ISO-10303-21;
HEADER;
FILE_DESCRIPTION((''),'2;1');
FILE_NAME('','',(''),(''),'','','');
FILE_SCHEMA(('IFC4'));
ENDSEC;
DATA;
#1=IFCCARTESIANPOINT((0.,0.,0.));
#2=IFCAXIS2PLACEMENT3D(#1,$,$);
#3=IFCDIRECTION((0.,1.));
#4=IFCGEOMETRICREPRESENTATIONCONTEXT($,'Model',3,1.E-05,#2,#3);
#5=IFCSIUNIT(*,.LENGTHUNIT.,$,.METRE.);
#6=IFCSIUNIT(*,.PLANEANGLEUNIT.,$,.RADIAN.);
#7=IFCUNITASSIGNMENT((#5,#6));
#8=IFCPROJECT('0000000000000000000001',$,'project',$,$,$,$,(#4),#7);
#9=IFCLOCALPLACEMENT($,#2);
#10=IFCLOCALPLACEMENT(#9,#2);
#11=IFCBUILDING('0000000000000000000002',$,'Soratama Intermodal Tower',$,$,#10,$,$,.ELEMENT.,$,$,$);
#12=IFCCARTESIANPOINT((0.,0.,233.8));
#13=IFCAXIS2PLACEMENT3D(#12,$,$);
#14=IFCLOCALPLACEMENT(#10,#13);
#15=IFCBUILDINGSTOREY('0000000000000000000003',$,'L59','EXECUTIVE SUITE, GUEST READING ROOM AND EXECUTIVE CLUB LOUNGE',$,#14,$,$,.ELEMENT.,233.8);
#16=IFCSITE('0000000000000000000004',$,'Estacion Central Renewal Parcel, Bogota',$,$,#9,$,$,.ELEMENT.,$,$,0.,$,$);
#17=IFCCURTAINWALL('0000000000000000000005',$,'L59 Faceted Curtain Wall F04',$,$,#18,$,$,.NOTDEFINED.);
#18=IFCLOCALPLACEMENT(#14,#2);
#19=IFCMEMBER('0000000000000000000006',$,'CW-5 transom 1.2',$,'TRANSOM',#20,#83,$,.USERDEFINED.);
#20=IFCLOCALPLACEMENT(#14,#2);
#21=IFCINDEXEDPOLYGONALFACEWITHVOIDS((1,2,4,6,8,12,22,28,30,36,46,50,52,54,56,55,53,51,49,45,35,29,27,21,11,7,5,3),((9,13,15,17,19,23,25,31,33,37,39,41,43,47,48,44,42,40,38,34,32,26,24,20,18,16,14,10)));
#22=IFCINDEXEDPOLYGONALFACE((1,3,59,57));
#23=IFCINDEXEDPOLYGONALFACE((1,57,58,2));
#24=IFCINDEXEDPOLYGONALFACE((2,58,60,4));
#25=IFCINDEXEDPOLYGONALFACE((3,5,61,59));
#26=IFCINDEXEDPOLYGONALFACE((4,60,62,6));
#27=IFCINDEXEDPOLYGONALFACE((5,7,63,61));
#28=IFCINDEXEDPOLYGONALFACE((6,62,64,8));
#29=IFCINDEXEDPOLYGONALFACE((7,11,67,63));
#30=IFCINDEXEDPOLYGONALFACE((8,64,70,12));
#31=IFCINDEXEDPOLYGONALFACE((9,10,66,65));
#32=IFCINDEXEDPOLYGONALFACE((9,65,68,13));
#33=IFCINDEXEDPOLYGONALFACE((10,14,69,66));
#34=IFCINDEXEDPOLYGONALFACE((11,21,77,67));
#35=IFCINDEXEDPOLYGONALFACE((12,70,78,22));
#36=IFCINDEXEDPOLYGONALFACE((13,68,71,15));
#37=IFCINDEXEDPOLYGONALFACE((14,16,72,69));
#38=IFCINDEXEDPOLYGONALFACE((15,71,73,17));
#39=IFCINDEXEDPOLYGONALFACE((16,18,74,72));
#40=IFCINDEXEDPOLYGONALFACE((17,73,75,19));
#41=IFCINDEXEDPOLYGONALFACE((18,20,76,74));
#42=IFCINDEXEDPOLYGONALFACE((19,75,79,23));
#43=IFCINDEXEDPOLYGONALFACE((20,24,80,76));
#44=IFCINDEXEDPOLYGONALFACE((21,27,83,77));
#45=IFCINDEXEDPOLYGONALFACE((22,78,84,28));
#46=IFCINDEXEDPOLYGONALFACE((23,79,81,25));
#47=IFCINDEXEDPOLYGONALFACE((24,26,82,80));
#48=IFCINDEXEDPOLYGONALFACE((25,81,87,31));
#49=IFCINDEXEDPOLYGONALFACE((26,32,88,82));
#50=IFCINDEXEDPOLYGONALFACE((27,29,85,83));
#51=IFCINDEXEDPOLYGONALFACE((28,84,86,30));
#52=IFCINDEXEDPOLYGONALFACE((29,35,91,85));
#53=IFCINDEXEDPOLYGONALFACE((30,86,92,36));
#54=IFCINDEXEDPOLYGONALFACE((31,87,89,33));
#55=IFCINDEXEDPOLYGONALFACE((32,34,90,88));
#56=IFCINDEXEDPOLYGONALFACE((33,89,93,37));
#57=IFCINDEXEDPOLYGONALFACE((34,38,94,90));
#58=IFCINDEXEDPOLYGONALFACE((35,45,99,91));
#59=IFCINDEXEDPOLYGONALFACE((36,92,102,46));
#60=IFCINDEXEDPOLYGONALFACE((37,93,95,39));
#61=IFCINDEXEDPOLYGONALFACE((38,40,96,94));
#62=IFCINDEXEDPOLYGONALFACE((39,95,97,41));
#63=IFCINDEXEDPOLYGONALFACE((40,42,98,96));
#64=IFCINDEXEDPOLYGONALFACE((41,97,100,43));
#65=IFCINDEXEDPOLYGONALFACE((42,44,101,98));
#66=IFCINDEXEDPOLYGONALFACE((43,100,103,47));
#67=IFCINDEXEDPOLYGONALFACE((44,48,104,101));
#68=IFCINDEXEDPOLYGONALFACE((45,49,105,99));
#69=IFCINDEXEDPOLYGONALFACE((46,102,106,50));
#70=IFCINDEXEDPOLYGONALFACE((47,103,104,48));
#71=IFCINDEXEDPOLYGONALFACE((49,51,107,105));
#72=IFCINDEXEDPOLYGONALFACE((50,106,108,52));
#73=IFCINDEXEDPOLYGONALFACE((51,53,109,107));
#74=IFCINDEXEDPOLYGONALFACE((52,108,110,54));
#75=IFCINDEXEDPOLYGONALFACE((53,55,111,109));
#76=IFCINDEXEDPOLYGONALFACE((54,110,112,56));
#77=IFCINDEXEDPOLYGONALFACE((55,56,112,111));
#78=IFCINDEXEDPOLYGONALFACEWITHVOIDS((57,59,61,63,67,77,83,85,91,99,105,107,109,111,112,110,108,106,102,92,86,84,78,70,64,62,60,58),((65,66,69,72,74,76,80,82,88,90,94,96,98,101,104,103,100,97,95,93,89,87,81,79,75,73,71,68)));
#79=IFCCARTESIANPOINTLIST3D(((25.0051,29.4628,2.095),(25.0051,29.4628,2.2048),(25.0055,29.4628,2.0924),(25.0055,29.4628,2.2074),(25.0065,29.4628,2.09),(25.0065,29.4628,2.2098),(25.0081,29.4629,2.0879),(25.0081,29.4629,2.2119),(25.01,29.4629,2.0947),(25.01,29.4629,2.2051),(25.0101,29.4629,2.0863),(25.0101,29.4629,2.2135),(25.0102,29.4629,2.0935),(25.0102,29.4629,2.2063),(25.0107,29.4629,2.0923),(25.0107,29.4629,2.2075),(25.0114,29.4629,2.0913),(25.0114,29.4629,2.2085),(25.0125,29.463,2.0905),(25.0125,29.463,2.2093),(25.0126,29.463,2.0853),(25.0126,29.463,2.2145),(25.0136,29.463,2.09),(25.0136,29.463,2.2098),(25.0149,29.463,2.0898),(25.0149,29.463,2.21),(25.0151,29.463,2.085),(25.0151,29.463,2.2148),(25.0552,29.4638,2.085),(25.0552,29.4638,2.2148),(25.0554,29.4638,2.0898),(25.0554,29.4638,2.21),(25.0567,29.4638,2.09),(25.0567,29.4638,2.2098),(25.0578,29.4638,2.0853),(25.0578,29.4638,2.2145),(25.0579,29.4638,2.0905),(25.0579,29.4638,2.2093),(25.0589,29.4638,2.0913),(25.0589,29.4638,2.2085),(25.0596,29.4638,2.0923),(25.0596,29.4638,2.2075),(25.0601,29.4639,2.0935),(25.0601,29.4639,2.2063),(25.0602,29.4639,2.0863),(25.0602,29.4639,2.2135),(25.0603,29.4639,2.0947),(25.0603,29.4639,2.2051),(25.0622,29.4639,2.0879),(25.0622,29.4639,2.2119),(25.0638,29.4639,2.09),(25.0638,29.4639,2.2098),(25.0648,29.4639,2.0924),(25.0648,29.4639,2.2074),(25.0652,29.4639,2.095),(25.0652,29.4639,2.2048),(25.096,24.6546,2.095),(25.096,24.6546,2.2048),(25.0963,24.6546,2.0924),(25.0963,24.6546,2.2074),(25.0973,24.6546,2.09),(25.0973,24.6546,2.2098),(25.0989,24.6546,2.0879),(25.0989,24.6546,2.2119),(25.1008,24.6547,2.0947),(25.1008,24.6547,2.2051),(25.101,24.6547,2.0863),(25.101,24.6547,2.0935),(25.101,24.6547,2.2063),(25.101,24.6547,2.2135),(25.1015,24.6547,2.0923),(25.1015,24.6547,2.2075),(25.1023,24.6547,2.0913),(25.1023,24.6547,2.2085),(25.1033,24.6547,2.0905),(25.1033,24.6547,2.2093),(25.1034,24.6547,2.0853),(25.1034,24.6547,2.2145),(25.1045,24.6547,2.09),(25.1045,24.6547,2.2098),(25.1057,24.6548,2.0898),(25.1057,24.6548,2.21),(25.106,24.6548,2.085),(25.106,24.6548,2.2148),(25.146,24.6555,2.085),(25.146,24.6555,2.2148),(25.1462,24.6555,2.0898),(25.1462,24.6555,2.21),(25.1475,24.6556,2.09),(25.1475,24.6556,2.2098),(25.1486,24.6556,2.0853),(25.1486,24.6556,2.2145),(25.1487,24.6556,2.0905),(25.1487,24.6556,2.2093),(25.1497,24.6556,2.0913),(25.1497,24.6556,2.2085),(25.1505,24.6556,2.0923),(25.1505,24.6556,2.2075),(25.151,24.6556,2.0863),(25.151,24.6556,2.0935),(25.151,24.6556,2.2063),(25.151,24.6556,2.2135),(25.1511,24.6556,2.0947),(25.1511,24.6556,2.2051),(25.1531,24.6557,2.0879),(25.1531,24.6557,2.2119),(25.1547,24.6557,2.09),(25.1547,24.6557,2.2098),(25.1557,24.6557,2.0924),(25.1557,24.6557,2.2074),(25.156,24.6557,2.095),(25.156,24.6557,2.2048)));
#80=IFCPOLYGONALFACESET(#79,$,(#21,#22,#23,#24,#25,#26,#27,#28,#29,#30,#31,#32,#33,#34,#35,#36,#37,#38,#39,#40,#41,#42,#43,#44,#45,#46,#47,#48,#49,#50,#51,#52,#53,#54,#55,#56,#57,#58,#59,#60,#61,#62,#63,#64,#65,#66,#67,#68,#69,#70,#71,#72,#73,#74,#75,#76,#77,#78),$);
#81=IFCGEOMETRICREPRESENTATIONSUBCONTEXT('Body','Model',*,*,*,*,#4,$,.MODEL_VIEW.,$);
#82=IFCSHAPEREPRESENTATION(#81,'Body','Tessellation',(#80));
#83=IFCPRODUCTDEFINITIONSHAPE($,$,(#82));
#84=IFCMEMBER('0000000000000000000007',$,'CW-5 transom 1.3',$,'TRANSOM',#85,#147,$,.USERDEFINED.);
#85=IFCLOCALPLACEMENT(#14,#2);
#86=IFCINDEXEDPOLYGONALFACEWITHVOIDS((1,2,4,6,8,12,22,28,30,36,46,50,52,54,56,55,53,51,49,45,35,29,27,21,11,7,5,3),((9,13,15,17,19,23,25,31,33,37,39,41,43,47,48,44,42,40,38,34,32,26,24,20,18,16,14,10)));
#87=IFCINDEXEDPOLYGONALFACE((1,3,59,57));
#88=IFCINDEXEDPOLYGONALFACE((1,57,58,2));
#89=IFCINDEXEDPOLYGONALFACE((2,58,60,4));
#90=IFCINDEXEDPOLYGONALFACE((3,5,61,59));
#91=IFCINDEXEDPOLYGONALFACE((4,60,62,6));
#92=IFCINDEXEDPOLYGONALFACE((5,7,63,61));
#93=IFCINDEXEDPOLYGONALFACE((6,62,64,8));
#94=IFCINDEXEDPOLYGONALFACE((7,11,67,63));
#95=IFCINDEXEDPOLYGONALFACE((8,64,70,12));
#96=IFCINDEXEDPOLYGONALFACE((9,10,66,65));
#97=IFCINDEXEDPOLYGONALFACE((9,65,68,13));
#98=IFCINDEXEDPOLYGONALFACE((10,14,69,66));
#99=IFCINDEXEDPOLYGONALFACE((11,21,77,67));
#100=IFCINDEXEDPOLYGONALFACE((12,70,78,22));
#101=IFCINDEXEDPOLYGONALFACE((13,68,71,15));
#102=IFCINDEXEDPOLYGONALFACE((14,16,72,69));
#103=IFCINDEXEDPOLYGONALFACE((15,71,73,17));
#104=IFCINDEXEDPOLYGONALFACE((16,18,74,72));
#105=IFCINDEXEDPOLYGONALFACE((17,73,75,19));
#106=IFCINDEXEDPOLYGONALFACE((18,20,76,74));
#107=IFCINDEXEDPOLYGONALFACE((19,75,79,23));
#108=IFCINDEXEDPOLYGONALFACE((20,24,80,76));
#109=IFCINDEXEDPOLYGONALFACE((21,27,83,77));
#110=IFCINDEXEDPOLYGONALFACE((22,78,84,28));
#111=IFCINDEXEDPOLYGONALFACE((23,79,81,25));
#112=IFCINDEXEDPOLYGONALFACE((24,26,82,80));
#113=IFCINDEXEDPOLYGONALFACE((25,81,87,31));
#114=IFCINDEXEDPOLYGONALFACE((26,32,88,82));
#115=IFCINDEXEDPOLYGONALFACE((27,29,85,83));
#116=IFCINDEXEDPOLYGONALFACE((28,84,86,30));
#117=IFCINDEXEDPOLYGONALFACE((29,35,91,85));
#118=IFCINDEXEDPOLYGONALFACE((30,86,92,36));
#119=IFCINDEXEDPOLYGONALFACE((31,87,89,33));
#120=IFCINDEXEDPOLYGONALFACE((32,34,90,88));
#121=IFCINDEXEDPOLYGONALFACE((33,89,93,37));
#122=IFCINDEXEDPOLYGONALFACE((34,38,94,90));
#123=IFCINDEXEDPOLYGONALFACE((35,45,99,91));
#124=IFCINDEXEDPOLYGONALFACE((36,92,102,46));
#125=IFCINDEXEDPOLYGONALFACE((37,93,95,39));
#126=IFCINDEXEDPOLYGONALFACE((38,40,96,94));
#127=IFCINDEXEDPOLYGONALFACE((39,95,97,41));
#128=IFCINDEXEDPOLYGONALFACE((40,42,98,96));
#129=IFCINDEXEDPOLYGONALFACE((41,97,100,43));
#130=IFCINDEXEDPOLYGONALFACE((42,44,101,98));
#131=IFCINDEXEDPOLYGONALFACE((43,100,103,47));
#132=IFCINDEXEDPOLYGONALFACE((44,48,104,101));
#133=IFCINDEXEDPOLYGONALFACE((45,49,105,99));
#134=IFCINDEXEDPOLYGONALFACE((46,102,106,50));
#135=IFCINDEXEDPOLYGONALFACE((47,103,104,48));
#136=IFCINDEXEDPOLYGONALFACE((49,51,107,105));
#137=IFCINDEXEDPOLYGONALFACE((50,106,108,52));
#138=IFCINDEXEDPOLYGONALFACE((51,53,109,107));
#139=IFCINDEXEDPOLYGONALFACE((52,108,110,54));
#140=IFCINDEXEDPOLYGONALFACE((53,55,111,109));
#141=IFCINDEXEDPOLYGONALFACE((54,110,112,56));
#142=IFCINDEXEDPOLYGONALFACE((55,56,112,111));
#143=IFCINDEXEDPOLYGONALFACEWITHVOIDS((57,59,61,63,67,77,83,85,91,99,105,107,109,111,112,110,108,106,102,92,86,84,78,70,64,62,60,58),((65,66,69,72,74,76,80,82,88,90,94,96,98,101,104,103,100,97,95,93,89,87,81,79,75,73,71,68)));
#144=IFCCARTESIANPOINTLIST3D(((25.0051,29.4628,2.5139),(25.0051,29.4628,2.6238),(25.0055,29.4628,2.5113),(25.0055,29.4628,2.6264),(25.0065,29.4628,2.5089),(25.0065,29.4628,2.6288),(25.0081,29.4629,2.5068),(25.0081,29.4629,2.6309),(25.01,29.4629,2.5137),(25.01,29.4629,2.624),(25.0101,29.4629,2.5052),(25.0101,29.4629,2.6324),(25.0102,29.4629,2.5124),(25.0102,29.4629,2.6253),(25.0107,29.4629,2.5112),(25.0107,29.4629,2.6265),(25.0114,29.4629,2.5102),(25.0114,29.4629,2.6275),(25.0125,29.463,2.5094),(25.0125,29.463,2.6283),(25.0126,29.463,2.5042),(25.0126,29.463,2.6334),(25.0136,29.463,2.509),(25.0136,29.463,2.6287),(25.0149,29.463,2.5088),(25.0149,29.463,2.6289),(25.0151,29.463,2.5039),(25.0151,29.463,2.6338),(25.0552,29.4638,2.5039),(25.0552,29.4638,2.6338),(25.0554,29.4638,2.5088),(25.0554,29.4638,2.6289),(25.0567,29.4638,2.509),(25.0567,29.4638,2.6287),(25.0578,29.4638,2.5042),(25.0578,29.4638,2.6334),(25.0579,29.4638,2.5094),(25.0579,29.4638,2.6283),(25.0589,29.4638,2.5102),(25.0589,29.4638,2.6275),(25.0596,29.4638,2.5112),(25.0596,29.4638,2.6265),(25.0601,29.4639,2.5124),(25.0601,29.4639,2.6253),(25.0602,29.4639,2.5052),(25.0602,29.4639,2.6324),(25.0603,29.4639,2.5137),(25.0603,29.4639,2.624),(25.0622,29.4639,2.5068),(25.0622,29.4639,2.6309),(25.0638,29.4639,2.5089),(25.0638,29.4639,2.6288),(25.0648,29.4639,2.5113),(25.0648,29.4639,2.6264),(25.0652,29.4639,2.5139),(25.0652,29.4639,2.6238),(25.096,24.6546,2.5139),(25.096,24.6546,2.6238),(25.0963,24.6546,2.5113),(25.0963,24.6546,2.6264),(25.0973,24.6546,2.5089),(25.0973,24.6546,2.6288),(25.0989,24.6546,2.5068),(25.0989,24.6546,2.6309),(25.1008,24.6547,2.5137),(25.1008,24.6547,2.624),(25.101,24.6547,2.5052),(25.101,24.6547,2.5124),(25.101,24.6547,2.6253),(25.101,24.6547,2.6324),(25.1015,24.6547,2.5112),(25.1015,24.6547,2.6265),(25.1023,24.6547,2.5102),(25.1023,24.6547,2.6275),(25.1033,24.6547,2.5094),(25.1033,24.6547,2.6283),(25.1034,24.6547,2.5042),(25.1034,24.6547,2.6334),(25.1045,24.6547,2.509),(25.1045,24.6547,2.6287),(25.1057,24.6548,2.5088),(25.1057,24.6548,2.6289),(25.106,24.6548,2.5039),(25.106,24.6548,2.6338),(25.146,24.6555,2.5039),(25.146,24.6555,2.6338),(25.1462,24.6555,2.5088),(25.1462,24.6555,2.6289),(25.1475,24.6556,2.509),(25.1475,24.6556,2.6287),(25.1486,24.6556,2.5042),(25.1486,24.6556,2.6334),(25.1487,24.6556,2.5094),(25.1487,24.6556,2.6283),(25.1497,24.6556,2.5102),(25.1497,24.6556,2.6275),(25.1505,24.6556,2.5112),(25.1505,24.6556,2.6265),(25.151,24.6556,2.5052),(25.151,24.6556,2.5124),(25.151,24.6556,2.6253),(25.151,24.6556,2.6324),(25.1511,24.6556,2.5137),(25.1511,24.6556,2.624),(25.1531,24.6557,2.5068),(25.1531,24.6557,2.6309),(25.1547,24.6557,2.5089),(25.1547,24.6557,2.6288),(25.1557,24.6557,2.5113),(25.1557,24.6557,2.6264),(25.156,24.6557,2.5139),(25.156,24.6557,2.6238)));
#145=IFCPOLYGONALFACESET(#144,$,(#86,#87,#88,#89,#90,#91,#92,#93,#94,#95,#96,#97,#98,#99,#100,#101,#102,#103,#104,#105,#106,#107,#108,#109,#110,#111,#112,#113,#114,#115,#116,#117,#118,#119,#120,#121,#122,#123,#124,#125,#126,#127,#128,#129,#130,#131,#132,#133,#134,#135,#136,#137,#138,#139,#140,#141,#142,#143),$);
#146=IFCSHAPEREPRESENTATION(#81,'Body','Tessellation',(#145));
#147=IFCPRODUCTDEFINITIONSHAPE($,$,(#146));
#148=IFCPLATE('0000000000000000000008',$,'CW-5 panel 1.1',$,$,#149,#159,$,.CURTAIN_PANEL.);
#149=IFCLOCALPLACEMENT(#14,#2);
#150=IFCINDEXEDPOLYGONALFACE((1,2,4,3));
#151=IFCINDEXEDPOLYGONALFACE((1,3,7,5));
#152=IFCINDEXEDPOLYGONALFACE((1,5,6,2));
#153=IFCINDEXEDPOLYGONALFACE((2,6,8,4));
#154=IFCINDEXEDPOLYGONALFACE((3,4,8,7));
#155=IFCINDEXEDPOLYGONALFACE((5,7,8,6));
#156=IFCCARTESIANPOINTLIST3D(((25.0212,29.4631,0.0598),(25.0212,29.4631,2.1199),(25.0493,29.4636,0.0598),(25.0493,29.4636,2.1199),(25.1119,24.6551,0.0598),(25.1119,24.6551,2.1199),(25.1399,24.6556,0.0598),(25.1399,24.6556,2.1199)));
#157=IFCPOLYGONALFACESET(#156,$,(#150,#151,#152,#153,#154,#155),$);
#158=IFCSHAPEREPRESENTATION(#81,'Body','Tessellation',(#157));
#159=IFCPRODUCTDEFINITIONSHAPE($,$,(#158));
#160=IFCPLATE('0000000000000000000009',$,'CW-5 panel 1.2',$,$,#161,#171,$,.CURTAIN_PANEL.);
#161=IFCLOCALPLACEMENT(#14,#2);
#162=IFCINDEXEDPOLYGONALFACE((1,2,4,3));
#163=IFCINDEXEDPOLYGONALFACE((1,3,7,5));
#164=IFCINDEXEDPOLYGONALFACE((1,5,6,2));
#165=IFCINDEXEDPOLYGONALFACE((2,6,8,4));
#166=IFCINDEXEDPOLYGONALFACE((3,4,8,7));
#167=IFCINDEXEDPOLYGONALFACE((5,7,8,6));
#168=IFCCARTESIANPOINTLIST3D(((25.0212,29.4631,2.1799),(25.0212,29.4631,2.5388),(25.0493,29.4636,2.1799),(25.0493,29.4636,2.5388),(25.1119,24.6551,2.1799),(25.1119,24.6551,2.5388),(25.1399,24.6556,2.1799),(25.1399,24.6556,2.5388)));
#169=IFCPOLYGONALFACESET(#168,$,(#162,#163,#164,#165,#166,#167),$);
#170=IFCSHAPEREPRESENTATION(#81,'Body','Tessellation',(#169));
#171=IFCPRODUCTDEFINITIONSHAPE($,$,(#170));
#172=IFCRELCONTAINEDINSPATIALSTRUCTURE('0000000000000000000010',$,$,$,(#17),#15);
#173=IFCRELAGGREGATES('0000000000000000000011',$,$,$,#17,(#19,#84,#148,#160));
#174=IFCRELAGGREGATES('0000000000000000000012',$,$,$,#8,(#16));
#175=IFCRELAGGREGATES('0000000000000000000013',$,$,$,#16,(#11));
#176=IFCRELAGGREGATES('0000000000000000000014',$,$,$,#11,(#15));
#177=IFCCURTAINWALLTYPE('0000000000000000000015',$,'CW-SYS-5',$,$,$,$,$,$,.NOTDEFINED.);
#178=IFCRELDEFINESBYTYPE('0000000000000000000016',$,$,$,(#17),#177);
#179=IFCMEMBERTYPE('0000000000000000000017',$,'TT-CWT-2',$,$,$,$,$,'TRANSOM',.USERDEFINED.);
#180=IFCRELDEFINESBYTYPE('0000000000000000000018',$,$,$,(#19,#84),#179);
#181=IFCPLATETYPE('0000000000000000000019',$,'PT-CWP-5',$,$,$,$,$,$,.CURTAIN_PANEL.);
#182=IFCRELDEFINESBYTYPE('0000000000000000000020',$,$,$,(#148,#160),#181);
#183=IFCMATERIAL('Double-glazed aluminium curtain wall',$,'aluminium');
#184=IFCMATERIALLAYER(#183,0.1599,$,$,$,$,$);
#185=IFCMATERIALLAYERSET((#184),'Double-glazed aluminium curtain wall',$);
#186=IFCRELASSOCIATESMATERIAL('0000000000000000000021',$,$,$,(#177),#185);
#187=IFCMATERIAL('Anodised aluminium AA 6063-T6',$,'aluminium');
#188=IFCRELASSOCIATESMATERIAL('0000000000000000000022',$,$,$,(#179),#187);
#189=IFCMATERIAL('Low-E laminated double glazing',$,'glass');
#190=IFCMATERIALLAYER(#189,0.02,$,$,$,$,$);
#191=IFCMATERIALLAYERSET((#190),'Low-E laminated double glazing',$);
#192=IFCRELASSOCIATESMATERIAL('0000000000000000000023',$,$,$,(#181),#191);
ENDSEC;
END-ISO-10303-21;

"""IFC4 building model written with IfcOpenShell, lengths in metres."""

from ifc_helpers import new_model, si_unit, direction, frame, origin, origin_2d, place, context, subcontext, project, spatial, rectangle, hollow_rectangle, extrude, material, layer, layer_set, material_profile, profile_set, type_object, element, aggregate, save


model = new_model("IFC4")

# Units and contexts
model_context = context("Model", 3, precision=1e-05, world=origin(), true_north=direction((0.0, 1.0)))
body_context = subcontext(model_context, "Body", "Model", "MODEL_VIEW")
ifc_project = project(units=[si_unit("LENGTHUNIT", "METRE"), si_unit("PLANEANGLEUNIT", "RADIAN")], contexts=[model_context])

# Site, building, storey
site_placement = place(None, origin())
site = spatial("IfcSite", under=ifc_project, at=site_placement, Name="Estacion Central Renewal Parcel, Bogota", CompositionType="ELEMENT", RefElevation=0.0)
building_placement = place(site_placement, origin())
building = spatial("IfcBuilding", under=site, at=building_placement, Name="Soratama Intermodal Tower", CompositionType="ELEMENT")
storey_placement = place(building_placement, frame((0.0, 0.0, 233.8)))
storey = spatial("IfcBuildingStorey", under=building, at=storey_placement, Name="L59", Description="EXECUTIVE SUITE, GUEST READING ROOM AND EXECUTIVE CLUB LOUNGE", CompositionType="ELEMENT", Elevation=233.8)

# Shared definitions
ifc_material_1 = material(Name="Double-glazed aluminium curtain wall", Category="aluminium")
ifc_layer_1 = layer(ifc_material_1, 0.1599)
ifc_layer_set_1 = layer_set([ifc_layer_1], Name="Double-glazed aluminium curtain wall")
curtain_wall_type = type_object("IfcCurtainWallType", Name="CW-SYS-5", PredefinedType="NOTDEFINED", material=ifc_layer_set_1)

# Curtain wall, members, plates
curtain_wall_1_placement = place(storey_placement, origin())
curtain_wall_1 = element("IfcCurtainWall", 1, at=curtain_wall_1_placement, inside=storey, type_object=curtain_wall_type, Name="L59 Faceted Curtain Wall F04", PredefinedType="NOTDEFINED")
ifc_material_2 = material(Name="Anodised aluminium AA 6063-T6", Category="aluminium")
ifc_material_profile_1 = material_profile(ifc_material_2, hollow_rectangle(XDim=0.0601, YDim=0.1299, WallThickness=0.0049, InnerFilletRadius=0.0049, OuterFilletRadius=0.01, at=origin_2d()), Name="CWT130X60X5")
ifc_profile_set_1 = profile_set([ifc_material_profile_1], Name="Anodised aluminium AA 6063-T6")
member_type_1 = type_object("IfcMemberType", Name="TT-CWT-2", ElementType="TRANSOM", PredefinedType="USERDEFINED", material=ifc_profile_set_1)
member_1_placement = place(storey_placement, frame((25.0352, 29.4634, 2.1499), z_axis=(0.018886, -0.999822, 0.0), x_axis=(0.999822, 0.018886, 0.0)))
member_1 = element("IfcMember", 2, at=member_1_placement, type_object=member_type_1, Name="CW-5 transom 1.2", ObjectType="TRANSOM", PredefinedType="USERDEFINED", context=body_context, shape_type="SweptSolid", body=[
    extrude(hollow_rectangle(XDim=0.0601, YDim=0.1299, WallThickness=0.0049, InnerFilletRadius=0.0049, OuterFilletRadius=0.01, at=origin_2d()), origin(), (0.0, 0.0, 1.0), 4.8091),
])
member_2_placement = place(storey_placement, frame((25.0352, 29.4634, 2.5688), z_axis=(0.018886, -0.999822, 0.0), x_axis=(0.999822, 0.018886, 0.0)))
member_2 = element("IfcMember", 3, at=member_2_placement, type_object=member_type_1, Name="CW-5 transom 1.3", ObjectType="TRANSOM", PredefinedType="USERDEFINED", context=body_context, shape_type="SweptSolid", body=[
    extrude(hollow_rectangle(XDim=0.0601, YDim=0.1299, WallThickness=0.0049, InnerFilletRadius=0.0049, OuterFilletRadius=0.01, at=origin_2d()), origin(), (0.0, 0.0, 1.0), 4.8091),
])
ifc_material_3 = material(Name="Low-E laminated double glazing", Category="glass")
ifc_layer_2 = layer(ifc_material_3, 0.02)
ifc_layer_set_2 = layer_set([ifc_layer_2], Name="Low-E laminated double glazing")
plate_type = type_object("IfcPlateType", Name="PT-CWP-5", PredefinedType="CURTAIN_PANEL", material=ifc_layer_set_2)
plate_1_placement = place(storey_placement, frame((25.0806, 27.0593, 0.0598), z_axis=(0.0, 0.0, 1.0), x_axis=(0.018851, -0.999822, 0.0)))
plate_1 = element("IfcPlate", 4, at=plate_1_placement, type_object=plate_type, Name="CW-5 panel 1.1", PredefinedType="CURTAIN_PANEL", context=body_context, shape_type="SweptSolid", body=[
    extrude(rectangle(XDim=4.8088, YDim=0.0281, at=origin_2d()), origin(), (0.0, 0.0, 1.0), 2.0601),
])
plate_2_placement = place(storey_placement, frame((25.0806, 27.0593, 2.1799), z_axis=(0.0, 0.0, 1.0), x_axis=(0.018851, -0.999822, 0.0)))
plate_2 = element("IfcPlate", 5, at=plate_2_placement, type_object=plate_type, Name="CW-5 panel 1.2", PredefinedType="CURTAIN_PANEL", context=body_context, shape_type="SweptSolid", body=[
    extrude(rectangle(XDim=4.8088, YDim=0.0281, at=origin_2d()), origin(), (0.0, 0.0, 1.0), 0.3589),
])
aggregate(curtain_wall_1, [member_1, member_2, plate_1, plate_2])

save(model, "model.ifc")
